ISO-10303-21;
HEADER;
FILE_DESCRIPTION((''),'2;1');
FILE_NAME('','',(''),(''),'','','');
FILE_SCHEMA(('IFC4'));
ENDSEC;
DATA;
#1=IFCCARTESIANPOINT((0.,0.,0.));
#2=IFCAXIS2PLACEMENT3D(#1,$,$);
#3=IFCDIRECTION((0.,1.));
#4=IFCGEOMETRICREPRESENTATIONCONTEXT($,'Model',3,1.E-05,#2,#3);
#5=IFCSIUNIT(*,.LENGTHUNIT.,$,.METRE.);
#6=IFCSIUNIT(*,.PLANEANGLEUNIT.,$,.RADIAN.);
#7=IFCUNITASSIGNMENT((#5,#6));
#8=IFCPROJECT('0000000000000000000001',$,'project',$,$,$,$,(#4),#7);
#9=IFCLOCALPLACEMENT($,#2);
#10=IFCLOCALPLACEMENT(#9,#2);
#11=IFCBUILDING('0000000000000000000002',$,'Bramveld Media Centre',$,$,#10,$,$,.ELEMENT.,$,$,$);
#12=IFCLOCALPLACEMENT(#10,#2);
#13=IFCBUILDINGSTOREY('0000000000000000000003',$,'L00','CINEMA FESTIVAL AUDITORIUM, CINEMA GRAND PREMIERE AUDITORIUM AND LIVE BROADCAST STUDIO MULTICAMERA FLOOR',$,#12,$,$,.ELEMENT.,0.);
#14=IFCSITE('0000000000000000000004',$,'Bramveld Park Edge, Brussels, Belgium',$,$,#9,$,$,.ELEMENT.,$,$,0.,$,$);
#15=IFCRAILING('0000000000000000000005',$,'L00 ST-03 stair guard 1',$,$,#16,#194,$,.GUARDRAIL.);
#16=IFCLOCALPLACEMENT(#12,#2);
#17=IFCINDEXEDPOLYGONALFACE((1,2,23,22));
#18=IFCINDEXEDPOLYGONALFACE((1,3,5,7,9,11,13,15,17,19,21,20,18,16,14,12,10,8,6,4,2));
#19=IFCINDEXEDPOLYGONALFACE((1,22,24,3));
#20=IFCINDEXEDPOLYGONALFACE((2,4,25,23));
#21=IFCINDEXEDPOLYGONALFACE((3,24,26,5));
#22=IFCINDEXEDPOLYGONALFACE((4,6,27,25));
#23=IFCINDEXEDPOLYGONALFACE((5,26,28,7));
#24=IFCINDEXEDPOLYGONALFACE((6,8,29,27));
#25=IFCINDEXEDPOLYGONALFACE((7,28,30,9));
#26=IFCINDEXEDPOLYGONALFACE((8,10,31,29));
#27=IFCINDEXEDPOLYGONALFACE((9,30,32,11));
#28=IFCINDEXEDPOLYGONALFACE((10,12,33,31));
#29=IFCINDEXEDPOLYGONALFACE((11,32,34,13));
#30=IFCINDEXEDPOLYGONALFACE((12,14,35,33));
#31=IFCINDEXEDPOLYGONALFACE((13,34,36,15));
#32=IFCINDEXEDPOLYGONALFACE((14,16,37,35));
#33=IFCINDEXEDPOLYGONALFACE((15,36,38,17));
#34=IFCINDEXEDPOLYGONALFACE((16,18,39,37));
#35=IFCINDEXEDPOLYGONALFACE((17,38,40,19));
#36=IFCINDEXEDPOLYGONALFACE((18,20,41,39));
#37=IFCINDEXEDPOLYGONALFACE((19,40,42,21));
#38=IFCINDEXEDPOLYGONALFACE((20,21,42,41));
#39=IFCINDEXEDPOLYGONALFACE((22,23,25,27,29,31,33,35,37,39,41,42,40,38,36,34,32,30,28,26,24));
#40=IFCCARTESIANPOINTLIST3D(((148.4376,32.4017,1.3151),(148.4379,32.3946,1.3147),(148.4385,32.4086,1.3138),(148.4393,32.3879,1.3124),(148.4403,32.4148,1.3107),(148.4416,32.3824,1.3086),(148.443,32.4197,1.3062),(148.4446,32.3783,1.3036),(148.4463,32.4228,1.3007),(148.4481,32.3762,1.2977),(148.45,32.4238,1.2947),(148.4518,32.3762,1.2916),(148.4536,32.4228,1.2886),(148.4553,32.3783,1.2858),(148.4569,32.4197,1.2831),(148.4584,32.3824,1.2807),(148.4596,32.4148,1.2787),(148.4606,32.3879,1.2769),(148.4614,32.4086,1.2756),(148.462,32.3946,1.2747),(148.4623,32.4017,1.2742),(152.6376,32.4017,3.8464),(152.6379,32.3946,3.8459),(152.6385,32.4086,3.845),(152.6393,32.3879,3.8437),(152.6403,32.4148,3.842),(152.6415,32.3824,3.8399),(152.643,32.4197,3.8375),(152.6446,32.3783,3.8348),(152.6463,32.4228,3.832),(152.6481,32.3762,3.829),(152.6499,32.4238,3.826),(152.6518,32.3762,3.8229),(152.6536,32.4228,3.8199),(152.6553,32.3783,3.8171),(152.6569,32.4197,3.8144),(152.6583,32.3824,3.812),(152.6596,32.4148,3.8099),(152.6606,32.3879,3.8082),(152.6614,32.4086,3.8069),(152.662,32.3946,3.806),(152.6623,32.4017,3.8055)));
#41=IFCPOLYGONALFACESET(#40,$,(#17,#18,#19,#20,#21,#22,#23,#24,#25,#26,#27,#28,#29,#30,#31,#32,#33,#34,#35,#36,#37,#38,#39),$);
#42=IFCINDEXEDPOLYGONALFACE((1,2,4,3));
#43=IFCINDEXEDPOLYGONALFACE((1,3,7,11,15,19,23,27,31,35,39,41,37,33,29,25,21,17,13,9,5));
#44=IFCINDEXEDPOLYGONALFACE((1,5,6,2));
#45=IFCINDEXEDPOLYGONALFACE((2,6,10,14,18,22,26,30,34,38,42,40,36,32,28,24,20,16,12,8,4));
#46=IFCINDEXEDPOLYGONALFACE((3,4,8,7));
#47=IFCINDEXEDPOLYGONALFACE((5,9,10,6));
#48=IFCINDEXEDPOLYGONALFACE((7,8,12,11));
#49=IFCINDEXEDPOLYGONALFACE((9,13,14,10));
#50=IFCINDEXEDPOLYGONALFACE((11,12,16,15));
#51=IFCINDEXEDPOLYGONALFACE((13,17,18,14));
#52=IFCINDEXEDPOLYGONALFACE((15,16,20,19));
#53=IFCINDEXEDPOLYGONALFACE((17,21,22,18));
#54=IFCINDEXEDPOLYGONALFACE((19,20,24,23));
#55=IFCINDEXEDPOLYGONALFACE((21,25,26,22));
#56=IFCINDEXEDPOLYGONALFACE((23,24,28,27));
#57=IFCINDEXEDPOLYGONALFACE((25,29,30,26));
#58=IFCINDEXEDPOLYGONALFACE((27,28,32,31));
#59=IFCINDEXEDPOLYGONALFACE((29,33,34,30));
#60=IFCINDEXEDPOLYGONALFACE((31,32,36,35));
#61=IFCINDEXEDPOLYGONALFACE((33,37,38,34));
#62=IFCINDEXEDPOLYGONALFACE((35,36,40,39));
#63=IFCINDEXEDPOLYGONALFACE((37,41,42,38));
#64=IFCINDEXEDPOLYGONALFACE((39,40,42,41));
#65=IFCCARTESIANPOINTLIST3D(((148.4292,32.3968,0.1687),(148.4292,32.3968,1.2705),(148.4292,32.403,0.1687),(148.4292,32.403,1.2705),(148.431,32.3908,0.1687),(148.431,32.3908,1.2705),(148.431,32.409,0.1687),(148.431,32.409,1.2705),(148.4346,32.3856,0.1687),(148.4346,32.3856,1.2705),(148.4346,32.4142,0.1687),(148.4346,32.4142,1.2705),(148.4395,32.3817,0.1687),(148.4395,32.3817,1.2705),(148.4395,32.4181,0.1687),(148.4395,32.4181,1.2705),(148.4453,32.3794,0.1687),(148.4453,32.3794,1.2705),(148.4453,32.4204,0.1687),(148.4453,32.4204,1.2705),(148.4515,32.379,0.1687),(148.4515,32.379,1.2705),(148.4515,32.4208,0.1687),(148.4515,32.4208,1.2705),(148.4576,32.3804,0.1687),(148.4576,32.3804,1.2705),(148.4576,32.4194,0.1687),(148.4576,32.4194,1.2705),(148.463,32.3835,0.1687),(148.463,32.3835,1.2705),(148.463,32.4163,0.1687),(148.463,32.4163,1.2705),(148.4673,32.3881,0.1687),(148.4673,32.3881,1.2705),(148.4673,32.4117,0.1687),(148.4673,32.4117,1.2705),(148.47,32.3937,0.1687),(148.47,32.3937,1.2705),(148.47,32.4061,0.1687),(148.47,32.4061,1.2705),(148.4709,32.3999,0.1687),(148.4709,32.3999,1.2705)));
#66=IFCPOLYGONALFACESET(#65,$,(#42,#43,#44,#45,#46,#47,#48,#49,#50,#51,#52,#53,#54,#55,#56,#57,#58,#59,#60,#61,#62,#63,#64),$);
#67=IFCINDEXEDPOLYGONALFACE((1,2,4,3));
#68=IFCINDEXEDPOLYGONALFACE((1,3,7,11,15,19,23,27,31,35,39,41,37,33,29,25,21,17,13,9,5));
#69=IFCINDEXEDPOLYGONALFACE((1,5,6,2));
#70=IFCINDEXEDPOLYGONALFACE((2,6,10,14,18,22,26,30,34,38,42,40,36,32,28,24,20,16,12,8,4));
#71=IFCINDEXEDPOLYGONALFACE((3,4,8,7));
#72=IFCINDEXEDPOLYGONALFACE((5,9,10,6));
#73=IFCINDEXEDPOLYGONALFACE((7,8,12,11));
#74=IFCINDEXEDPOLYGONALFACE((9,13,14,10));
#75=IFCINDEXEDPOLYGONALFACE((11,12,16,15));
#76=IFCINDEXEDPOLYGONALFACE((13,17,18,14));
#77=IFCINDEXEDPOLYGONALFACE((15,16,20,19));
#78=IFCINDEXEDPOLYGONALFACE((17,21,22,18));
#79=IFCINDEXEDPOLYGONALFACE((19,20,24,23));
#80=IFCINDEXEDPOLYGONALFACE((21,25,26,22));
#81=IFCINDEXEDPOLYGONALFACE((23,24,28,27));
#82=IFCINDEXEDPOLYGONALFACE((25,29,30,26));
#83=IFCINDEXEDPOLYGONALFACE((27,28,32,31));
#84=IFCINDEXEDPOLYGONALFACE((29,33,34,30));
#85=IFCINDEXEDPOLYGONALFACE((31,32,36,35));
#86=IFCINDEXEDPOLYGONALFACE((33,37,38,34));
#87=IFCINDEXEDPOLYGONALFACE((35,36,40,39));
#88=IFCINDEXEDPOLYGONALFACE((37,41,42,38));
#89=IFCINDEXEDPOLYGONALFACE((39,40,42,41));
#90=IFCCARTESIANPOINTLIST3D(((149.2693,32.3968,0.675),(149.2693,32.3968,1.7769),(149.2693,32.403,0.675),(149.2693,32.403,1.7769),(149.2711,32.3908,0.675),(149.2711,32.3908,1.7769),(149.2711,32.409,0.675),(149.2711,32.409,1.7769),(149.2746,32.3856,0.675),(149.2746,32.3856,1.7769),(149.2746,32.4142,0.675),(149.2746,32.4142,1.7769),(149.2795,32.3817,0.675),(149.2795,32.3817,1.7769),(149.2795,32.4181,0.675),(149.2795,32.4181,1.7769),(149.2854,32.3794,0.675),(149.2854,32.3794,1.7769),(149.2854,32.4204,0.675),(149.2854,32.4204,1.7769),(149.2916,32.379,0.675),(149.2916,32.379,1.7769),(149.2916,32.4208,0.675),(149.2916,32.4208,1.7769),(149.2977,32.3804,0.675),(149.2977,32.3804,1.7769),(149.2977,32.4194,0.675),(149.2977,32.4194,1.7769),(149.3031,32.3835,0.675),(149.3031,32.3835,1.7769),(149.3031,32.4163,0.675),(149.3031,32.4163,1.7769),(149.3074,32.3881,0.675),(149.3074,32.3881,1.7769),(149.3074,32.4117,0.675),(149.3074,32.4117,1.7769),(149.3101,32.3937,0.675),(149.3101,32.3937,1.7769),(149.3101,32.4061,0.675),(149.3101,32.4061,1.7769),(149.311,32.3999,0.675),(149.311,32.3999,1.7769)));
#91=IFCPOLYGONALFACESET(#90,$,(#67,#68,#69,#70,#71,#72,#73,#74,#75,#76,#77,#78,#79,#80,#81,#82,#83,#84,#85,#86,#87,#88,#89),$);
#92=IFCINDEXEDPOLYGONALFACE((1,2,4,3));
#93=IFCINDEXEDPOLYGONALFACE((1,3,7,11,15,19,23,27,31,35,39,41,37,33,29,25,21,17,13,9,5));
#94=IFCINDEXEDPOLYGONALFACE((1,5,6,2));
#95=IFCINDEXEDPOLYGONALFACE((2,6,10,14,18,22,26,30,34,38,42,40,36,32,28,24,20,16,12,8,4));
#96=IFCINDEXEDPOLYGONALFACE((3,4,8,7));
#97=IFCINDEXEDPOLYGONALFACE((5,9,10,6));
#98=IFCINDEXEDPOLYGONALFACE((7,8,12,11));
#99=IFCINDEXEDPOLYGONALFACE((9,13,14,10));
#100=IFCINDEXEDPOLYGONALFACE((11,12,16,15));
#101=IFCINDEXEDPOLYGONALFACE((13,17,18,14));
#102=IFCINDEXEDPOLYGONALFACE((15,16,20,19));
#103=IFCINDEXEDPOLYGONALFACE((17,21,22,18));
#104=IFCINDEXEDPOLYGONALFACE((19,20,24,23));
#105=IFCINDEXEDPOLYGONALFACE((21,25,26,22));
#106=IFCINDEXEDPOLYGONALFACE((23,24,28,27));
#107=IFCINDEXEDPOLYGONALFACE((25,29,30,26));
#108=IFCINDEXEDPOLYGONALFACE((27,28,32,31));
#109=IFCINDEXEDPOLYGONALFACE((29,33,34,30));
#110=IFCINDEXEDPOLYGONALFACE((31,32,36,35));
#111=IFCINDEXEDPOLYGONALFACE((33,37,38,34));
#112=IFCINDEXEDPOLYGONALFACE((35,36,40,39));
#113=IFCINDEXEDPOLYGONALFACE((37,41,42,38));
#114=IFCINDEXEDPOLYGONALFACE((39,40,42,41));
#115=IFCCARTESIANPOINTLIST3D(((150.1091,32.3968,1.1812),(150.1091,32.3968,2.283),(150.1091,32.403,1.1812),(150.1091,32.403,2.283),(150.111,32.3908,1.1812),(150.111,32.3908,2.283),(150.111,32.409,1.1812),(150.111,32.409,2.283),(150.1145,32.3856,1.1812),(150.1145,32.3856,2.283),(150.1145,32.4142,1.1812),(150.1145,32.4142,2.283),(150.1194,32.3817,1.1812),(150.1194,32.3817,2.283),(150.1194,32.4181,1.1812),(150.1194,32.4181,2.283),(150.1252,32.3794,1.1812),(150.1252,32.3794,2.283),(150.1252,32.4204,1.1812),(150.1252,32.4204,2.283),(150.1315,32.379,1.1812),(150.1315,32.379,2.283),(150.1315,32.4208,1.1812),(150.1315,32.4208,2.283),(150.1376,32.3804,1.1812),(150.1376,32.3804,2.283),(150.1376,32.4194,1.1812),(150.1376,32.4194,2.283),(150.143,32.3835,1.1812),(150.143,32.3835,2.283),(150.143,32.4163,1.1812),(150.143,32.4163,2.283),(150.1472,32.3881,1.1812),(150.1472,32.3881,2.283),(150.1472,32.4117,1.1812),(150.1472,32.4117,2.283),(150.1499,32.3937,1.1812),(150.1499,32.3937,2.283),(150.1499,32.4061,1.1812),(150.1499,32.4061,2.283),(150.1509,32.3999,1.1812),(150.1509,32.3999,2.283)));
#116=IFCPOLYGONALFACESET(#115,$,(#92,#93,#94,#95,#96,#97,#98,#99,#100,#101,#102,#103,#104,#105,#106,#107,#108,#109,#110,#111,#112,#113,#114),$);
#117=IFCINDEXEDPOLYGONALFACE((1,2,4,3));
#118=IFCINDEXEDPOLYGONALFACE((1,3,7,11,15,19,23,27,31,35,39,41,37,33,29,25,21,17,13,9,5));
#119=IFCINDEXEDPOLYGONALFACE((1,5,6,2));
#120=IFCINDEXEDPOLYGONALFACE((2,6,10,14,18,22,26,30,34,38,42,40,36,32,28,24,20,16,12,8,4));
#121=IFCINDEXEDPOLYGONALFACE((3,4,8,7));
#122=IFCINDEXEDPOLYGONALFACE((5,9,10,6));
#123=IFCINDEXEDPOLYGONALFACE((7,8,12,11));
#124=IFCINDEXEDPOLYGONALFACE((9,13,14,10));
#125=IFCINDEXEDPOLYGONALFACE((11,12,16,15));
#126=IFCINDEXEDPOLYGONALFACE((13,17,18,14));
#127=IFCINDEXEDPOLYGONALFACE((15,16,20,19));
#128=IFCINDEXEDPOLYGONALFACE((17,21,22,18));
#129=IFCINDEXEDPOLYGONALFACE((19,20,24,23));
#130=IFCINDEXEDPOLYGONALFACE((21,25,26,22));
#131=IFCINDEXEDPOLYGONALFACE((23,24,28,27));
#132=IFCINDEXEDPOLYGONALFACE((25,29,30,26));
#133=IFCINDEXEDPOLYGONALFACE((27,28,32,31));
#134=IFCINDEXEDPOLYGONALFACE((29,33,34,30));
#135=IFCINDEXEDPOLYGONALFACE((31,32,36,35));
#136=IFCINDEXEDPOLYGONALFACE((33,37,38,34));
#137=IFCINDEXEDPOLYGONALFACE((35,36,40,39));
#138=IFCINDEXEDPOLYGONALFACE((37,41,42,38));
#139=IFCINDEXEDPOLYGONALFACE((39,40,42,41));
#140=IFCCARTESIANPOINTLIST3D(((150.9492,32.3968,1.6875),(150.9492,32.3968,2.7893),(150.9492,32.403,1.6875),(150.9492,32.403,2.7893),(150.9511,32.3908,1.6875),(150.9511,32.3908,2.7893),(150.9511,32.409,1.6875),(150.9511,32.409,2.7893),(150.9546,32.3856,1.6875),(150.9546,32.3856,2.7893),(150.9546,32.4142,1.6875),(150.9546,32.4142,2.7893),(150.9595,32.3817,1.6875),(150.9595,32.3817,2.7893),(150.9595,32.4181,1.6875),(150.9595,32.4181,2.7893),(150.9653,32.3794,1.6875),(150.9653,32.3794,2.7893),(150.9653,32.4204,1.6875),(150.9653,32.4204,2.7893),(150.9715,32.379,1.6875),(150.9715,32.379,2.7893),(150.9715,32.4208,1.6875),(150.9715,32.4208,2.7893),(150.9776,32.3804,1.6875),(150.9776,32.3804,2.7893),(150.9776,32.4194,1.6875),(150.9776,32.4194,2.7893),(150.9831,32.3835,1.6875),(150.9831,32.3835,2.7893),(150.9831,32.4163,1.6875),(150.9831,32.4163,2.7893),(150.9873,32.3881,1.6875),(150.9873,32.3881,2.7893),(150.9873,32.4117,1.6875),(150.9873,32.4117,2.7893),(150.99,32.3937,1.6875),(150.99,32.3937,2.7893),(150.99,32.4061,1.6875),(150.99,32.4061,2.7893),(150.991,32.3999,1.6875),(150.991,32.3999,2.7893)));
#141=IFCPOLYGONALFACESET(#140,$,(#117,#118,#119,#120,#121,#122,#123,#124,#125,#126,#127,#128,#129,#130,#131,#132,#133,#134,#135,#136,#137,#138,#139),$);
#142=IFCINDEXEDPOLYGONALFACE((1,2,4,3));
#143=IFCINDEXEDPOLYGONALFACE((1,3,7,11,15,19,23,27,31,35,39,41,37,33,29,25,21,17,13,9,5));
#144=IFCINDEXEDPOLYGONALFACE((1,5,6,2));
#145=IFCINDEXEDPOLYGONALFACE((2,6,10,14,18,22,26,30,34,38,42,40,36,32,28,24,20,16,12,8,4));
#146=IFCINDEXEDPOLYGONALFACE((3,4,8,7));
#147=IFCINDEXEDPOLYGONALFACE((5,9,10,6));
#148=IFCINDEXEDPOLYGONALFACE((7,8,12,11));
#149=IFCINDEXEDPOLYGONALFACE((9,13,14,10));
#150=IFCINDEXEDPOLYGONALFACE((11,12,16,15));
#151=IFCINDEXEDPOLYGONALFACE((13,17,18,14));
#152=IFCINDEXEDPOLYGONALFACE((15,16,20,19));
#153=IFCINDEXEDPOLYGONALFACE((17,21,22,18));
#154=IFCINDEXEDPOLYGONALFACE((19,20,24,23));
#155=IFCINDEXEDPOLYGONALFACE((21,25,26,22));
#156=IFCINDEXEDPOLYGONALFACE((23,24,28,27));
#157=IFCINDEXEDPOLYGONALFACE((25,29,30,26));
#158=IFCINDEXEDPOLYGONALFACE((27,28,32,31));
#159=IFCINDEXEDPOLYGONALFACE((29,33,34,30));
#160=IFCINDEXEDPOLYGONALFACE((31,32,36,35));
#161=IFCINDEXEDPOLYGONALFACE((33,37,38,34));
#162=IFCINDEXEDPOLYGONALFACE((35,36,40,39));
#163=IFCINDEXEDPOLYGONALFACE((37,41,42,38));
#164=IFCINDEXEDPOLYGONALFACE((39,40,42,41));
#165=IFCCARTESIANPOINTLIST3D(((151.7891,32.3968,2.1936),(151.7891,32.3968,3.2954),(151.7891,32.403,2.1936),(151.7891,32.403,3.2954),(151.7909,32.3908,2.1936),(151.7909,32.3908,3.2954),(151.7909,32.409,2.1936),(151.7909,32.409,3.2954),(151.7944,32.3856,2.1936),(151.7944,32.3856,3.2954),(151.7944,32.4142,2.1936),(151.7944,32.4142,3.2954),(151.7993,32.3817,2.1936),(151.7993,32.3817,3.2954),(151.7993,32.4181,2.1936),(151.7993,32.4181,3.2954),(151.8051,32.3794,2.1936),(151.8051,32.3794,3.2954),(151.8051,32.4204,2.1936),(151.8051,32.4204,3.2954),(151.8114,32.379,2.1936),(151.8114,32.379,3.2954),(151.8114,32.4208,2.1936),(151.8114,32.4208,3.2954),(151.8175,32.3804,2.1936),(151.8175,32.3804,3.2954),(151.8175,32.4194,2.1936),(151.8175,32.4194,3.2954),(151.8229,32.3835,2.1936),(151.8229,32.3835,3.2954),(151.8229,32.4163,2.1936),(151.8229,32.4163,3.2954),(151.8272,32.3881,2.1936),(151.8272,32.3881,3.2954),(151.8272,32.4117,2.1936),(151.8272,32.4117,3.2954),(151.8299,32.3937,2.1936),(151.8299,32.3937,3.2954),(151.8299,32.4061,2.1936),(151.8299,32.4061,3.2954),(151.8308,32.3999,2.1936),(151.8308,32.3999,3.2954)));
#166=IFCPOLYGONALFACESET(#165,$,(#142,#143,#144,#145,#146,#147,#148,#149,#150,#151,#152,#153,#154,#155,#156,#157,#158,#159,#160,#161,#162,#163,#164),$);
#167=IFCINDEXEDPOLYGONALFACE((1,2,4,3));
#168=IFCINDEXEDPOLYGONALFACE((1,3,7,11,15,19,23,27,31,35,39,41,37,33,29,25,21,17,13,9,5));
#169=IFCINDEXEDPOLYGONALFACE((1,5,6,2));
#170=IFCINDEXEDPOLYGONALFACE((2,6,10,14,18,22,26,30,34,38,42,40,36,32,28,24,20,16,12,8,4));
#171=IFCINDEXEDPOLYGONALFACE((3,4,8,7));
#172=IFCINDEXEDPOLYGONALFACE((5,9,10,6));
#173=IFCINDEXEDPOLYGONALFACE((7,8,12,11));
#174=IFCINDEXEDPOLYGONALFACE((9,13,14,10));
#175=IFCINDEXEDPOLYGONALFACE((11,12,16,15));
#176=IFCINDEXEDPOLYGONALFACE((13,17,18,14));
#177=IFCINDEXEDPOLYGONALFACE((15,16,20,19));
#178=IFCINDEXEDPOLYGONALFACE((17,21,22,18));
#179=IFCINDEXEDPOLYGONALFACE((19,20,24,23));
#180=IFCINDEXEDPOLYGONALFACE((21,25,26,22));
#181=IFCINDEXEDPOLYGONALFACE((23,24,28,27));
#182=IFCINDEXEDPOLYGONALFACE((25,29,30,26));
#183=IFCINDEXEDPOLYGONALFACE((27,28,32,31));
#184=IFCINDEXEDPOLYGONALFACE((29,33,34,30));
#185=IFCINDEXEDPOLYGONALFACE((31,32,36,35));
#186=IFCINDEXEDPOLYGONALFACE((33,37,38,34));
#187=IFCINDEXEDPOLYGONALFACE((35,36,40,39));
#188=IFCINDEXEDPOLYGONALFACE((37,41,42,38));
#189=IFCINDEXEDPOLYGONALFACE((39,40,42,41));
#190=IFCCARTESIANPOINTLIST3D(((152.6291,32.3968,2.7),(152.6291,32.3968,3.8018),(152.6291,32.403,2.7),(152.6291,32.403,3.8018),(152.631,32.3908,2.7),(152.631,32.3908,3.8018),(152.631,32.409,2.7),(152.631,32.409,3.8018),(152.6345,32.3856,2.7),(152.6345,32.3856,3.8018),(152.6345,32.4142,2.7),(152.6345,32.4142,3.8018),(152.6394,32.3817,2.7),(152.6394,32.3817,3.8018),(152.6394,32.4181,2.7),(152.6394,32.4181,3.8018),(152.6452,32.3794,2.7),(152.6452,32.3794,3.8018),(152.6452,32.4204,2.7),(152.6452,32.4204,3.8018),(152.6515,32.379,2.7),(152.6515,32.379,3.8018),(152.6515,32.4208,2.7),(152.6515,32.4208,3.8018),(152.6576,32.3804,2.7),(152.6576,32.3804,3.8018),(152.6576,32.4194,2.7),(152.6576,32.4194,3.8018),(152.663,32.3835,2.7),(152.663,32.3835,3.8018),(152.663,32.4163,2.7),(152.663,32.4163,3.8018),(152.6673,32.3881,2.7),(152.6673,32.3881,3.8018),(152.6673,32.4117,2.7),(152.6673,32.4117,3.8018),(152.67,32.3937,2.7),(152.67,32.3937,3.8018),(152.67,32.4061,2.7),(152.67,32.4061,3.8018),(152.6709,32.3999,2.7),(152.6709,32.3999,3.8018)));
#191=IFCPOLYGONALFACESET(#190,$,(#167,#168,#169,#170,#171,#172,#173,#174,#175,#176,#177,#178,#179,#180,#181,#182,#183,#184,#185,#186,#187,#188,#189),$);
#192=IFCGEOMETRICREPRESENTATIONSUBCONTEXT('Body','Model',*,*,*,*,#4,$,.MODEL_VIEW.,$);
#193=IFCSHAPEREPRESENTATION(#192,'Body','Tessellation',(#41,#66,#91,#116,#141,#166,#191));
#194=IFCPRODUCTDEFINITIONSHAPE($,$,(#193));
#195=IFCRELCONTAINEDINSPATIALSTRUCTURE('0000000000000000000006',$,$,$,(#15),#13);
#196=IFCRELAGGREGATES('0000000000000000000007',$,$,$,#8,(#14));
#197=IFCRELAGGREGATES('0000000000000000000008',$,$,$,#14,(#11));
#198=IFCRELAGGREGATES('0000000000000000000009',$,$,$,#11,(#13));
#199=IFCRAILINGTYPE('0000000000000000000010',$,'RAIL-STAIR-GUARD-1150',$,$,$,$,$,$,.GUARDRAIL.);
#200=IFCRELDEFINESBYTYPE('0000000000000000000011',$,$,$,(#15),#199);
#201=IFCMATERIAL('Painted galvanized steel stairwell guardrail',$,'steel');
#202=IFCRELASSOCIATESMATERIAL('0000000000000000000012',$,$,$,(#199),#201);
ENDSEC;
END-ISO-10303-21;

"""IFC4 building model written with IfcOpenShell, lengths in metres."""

from ifc_helpers import new_model, si_unit, direction, frame, origin, origin_2d, place, context, subcontext, project, spatial, circle, extrude, material, type_object, element, save


model = new_model("IFC4")

# Units and contexts
model_context = context("Model", 3, precision=1e-05, world=origin(), true_north=direction((0.0, 1.0)))
body_context = subcontext(model_context, "Body", "Model", "MODEL_VIEW")
ifc_project = project(units=[si_unit("LENGTHUNIT", "METRE"), si_unit("PLANEANGLEUNIT", "RADIAN")], contexts=[model_context])

# Site, building, storey
site_placement = place(None, origin())
site = spatial("IfcSite", under=ifc_project, at=site_placement, Name="Bramveld Park Edge, Brussels, Belgium", CompositionType="ELEMENT", RefElevation=0.0)
building_placement = place(site_placement, origin())
building = spatial("IfcBuilding", under=site, at=building_placement, Name="Bramveld Media Centre", CompositionType="ELEMENT")
storey_placement = place(building_placement, origin())
storey = spatial("IfcBuildingStorey", under=building, at=storey_placement, Name="L00", Description="CINEMA FESTIVAL AUDITORIUM, CINEMA GRAND PREMIERE AUDITORIUM AND LIVE BROADCAST STUDIO MULTICAMERA FLOOR", CompositionType="ELEMENT", Elevation=0.0)

# Railing
ifc_material_1 = material(Name="Painted galvanized steel stairwell guardrail", Category="steel")
railing_type_1 = type_object("IfcRailingType", Name="RAIL-STAIR-GUARD-1150", PredefinedType="GUARDRAIL", material=ifc_material_1)
railing_1_placement = place(storey_placement, frame((148.45, 32.3999, 0.1687)))
element("IfcRailing", 1, at=railing_1_placement, inside=storey, type_object=railing_type_1, Name="L00 ST-03 stair guard 1", PredefinedType="GUARDRAIL", context=body_context, shape_type="SweptSolid", body=[
    extrude(circle(Radius=0.0239, at=origin_2d()), frame((0.0, 0.0, 1.126), z_axis=(0.856476, 0.0, 0.516186), x_axis=(0.0, 1.0, 0.0)), (0.0, 0.0, 1.0), 4.9038),
    extrude(circle(Radius=0.021, at=origin_2d()), origin(), (0.0, 0.0, 1.0), 1.1018),
    extrude(circle(Radius=0.021, at=origin_2d()), frame((0.8401, 0.0, 0.5063)), (0.0, 0.0, 1.0), 1.1018),
    extrude(circle(Radius=0.021, at=origin_2d()), frame((1.6799, 0.0, 1.0125)), (0.0, 0.0, 1.0), 1.1018),
    extrude(circle(Radius=0.021, at=origin_2d()), frame((2.52, 0.0, 1.5188)), (0.0, 0.0, 1.0), 1.1018),
    extrude(circle(Radius=0.021, at=origin_2d()), frame((3.3599, 0.0, 2.0249)), (0.0, 0.0, 1.0), 1.1018),
    extrude(circle(Radius=0.021, at=origin_2d()), frame((4.2, 0.0, 2.5312)), (0.0, 0.0, 1.0), 1.1018),
])

save(model, "model.ifc")
